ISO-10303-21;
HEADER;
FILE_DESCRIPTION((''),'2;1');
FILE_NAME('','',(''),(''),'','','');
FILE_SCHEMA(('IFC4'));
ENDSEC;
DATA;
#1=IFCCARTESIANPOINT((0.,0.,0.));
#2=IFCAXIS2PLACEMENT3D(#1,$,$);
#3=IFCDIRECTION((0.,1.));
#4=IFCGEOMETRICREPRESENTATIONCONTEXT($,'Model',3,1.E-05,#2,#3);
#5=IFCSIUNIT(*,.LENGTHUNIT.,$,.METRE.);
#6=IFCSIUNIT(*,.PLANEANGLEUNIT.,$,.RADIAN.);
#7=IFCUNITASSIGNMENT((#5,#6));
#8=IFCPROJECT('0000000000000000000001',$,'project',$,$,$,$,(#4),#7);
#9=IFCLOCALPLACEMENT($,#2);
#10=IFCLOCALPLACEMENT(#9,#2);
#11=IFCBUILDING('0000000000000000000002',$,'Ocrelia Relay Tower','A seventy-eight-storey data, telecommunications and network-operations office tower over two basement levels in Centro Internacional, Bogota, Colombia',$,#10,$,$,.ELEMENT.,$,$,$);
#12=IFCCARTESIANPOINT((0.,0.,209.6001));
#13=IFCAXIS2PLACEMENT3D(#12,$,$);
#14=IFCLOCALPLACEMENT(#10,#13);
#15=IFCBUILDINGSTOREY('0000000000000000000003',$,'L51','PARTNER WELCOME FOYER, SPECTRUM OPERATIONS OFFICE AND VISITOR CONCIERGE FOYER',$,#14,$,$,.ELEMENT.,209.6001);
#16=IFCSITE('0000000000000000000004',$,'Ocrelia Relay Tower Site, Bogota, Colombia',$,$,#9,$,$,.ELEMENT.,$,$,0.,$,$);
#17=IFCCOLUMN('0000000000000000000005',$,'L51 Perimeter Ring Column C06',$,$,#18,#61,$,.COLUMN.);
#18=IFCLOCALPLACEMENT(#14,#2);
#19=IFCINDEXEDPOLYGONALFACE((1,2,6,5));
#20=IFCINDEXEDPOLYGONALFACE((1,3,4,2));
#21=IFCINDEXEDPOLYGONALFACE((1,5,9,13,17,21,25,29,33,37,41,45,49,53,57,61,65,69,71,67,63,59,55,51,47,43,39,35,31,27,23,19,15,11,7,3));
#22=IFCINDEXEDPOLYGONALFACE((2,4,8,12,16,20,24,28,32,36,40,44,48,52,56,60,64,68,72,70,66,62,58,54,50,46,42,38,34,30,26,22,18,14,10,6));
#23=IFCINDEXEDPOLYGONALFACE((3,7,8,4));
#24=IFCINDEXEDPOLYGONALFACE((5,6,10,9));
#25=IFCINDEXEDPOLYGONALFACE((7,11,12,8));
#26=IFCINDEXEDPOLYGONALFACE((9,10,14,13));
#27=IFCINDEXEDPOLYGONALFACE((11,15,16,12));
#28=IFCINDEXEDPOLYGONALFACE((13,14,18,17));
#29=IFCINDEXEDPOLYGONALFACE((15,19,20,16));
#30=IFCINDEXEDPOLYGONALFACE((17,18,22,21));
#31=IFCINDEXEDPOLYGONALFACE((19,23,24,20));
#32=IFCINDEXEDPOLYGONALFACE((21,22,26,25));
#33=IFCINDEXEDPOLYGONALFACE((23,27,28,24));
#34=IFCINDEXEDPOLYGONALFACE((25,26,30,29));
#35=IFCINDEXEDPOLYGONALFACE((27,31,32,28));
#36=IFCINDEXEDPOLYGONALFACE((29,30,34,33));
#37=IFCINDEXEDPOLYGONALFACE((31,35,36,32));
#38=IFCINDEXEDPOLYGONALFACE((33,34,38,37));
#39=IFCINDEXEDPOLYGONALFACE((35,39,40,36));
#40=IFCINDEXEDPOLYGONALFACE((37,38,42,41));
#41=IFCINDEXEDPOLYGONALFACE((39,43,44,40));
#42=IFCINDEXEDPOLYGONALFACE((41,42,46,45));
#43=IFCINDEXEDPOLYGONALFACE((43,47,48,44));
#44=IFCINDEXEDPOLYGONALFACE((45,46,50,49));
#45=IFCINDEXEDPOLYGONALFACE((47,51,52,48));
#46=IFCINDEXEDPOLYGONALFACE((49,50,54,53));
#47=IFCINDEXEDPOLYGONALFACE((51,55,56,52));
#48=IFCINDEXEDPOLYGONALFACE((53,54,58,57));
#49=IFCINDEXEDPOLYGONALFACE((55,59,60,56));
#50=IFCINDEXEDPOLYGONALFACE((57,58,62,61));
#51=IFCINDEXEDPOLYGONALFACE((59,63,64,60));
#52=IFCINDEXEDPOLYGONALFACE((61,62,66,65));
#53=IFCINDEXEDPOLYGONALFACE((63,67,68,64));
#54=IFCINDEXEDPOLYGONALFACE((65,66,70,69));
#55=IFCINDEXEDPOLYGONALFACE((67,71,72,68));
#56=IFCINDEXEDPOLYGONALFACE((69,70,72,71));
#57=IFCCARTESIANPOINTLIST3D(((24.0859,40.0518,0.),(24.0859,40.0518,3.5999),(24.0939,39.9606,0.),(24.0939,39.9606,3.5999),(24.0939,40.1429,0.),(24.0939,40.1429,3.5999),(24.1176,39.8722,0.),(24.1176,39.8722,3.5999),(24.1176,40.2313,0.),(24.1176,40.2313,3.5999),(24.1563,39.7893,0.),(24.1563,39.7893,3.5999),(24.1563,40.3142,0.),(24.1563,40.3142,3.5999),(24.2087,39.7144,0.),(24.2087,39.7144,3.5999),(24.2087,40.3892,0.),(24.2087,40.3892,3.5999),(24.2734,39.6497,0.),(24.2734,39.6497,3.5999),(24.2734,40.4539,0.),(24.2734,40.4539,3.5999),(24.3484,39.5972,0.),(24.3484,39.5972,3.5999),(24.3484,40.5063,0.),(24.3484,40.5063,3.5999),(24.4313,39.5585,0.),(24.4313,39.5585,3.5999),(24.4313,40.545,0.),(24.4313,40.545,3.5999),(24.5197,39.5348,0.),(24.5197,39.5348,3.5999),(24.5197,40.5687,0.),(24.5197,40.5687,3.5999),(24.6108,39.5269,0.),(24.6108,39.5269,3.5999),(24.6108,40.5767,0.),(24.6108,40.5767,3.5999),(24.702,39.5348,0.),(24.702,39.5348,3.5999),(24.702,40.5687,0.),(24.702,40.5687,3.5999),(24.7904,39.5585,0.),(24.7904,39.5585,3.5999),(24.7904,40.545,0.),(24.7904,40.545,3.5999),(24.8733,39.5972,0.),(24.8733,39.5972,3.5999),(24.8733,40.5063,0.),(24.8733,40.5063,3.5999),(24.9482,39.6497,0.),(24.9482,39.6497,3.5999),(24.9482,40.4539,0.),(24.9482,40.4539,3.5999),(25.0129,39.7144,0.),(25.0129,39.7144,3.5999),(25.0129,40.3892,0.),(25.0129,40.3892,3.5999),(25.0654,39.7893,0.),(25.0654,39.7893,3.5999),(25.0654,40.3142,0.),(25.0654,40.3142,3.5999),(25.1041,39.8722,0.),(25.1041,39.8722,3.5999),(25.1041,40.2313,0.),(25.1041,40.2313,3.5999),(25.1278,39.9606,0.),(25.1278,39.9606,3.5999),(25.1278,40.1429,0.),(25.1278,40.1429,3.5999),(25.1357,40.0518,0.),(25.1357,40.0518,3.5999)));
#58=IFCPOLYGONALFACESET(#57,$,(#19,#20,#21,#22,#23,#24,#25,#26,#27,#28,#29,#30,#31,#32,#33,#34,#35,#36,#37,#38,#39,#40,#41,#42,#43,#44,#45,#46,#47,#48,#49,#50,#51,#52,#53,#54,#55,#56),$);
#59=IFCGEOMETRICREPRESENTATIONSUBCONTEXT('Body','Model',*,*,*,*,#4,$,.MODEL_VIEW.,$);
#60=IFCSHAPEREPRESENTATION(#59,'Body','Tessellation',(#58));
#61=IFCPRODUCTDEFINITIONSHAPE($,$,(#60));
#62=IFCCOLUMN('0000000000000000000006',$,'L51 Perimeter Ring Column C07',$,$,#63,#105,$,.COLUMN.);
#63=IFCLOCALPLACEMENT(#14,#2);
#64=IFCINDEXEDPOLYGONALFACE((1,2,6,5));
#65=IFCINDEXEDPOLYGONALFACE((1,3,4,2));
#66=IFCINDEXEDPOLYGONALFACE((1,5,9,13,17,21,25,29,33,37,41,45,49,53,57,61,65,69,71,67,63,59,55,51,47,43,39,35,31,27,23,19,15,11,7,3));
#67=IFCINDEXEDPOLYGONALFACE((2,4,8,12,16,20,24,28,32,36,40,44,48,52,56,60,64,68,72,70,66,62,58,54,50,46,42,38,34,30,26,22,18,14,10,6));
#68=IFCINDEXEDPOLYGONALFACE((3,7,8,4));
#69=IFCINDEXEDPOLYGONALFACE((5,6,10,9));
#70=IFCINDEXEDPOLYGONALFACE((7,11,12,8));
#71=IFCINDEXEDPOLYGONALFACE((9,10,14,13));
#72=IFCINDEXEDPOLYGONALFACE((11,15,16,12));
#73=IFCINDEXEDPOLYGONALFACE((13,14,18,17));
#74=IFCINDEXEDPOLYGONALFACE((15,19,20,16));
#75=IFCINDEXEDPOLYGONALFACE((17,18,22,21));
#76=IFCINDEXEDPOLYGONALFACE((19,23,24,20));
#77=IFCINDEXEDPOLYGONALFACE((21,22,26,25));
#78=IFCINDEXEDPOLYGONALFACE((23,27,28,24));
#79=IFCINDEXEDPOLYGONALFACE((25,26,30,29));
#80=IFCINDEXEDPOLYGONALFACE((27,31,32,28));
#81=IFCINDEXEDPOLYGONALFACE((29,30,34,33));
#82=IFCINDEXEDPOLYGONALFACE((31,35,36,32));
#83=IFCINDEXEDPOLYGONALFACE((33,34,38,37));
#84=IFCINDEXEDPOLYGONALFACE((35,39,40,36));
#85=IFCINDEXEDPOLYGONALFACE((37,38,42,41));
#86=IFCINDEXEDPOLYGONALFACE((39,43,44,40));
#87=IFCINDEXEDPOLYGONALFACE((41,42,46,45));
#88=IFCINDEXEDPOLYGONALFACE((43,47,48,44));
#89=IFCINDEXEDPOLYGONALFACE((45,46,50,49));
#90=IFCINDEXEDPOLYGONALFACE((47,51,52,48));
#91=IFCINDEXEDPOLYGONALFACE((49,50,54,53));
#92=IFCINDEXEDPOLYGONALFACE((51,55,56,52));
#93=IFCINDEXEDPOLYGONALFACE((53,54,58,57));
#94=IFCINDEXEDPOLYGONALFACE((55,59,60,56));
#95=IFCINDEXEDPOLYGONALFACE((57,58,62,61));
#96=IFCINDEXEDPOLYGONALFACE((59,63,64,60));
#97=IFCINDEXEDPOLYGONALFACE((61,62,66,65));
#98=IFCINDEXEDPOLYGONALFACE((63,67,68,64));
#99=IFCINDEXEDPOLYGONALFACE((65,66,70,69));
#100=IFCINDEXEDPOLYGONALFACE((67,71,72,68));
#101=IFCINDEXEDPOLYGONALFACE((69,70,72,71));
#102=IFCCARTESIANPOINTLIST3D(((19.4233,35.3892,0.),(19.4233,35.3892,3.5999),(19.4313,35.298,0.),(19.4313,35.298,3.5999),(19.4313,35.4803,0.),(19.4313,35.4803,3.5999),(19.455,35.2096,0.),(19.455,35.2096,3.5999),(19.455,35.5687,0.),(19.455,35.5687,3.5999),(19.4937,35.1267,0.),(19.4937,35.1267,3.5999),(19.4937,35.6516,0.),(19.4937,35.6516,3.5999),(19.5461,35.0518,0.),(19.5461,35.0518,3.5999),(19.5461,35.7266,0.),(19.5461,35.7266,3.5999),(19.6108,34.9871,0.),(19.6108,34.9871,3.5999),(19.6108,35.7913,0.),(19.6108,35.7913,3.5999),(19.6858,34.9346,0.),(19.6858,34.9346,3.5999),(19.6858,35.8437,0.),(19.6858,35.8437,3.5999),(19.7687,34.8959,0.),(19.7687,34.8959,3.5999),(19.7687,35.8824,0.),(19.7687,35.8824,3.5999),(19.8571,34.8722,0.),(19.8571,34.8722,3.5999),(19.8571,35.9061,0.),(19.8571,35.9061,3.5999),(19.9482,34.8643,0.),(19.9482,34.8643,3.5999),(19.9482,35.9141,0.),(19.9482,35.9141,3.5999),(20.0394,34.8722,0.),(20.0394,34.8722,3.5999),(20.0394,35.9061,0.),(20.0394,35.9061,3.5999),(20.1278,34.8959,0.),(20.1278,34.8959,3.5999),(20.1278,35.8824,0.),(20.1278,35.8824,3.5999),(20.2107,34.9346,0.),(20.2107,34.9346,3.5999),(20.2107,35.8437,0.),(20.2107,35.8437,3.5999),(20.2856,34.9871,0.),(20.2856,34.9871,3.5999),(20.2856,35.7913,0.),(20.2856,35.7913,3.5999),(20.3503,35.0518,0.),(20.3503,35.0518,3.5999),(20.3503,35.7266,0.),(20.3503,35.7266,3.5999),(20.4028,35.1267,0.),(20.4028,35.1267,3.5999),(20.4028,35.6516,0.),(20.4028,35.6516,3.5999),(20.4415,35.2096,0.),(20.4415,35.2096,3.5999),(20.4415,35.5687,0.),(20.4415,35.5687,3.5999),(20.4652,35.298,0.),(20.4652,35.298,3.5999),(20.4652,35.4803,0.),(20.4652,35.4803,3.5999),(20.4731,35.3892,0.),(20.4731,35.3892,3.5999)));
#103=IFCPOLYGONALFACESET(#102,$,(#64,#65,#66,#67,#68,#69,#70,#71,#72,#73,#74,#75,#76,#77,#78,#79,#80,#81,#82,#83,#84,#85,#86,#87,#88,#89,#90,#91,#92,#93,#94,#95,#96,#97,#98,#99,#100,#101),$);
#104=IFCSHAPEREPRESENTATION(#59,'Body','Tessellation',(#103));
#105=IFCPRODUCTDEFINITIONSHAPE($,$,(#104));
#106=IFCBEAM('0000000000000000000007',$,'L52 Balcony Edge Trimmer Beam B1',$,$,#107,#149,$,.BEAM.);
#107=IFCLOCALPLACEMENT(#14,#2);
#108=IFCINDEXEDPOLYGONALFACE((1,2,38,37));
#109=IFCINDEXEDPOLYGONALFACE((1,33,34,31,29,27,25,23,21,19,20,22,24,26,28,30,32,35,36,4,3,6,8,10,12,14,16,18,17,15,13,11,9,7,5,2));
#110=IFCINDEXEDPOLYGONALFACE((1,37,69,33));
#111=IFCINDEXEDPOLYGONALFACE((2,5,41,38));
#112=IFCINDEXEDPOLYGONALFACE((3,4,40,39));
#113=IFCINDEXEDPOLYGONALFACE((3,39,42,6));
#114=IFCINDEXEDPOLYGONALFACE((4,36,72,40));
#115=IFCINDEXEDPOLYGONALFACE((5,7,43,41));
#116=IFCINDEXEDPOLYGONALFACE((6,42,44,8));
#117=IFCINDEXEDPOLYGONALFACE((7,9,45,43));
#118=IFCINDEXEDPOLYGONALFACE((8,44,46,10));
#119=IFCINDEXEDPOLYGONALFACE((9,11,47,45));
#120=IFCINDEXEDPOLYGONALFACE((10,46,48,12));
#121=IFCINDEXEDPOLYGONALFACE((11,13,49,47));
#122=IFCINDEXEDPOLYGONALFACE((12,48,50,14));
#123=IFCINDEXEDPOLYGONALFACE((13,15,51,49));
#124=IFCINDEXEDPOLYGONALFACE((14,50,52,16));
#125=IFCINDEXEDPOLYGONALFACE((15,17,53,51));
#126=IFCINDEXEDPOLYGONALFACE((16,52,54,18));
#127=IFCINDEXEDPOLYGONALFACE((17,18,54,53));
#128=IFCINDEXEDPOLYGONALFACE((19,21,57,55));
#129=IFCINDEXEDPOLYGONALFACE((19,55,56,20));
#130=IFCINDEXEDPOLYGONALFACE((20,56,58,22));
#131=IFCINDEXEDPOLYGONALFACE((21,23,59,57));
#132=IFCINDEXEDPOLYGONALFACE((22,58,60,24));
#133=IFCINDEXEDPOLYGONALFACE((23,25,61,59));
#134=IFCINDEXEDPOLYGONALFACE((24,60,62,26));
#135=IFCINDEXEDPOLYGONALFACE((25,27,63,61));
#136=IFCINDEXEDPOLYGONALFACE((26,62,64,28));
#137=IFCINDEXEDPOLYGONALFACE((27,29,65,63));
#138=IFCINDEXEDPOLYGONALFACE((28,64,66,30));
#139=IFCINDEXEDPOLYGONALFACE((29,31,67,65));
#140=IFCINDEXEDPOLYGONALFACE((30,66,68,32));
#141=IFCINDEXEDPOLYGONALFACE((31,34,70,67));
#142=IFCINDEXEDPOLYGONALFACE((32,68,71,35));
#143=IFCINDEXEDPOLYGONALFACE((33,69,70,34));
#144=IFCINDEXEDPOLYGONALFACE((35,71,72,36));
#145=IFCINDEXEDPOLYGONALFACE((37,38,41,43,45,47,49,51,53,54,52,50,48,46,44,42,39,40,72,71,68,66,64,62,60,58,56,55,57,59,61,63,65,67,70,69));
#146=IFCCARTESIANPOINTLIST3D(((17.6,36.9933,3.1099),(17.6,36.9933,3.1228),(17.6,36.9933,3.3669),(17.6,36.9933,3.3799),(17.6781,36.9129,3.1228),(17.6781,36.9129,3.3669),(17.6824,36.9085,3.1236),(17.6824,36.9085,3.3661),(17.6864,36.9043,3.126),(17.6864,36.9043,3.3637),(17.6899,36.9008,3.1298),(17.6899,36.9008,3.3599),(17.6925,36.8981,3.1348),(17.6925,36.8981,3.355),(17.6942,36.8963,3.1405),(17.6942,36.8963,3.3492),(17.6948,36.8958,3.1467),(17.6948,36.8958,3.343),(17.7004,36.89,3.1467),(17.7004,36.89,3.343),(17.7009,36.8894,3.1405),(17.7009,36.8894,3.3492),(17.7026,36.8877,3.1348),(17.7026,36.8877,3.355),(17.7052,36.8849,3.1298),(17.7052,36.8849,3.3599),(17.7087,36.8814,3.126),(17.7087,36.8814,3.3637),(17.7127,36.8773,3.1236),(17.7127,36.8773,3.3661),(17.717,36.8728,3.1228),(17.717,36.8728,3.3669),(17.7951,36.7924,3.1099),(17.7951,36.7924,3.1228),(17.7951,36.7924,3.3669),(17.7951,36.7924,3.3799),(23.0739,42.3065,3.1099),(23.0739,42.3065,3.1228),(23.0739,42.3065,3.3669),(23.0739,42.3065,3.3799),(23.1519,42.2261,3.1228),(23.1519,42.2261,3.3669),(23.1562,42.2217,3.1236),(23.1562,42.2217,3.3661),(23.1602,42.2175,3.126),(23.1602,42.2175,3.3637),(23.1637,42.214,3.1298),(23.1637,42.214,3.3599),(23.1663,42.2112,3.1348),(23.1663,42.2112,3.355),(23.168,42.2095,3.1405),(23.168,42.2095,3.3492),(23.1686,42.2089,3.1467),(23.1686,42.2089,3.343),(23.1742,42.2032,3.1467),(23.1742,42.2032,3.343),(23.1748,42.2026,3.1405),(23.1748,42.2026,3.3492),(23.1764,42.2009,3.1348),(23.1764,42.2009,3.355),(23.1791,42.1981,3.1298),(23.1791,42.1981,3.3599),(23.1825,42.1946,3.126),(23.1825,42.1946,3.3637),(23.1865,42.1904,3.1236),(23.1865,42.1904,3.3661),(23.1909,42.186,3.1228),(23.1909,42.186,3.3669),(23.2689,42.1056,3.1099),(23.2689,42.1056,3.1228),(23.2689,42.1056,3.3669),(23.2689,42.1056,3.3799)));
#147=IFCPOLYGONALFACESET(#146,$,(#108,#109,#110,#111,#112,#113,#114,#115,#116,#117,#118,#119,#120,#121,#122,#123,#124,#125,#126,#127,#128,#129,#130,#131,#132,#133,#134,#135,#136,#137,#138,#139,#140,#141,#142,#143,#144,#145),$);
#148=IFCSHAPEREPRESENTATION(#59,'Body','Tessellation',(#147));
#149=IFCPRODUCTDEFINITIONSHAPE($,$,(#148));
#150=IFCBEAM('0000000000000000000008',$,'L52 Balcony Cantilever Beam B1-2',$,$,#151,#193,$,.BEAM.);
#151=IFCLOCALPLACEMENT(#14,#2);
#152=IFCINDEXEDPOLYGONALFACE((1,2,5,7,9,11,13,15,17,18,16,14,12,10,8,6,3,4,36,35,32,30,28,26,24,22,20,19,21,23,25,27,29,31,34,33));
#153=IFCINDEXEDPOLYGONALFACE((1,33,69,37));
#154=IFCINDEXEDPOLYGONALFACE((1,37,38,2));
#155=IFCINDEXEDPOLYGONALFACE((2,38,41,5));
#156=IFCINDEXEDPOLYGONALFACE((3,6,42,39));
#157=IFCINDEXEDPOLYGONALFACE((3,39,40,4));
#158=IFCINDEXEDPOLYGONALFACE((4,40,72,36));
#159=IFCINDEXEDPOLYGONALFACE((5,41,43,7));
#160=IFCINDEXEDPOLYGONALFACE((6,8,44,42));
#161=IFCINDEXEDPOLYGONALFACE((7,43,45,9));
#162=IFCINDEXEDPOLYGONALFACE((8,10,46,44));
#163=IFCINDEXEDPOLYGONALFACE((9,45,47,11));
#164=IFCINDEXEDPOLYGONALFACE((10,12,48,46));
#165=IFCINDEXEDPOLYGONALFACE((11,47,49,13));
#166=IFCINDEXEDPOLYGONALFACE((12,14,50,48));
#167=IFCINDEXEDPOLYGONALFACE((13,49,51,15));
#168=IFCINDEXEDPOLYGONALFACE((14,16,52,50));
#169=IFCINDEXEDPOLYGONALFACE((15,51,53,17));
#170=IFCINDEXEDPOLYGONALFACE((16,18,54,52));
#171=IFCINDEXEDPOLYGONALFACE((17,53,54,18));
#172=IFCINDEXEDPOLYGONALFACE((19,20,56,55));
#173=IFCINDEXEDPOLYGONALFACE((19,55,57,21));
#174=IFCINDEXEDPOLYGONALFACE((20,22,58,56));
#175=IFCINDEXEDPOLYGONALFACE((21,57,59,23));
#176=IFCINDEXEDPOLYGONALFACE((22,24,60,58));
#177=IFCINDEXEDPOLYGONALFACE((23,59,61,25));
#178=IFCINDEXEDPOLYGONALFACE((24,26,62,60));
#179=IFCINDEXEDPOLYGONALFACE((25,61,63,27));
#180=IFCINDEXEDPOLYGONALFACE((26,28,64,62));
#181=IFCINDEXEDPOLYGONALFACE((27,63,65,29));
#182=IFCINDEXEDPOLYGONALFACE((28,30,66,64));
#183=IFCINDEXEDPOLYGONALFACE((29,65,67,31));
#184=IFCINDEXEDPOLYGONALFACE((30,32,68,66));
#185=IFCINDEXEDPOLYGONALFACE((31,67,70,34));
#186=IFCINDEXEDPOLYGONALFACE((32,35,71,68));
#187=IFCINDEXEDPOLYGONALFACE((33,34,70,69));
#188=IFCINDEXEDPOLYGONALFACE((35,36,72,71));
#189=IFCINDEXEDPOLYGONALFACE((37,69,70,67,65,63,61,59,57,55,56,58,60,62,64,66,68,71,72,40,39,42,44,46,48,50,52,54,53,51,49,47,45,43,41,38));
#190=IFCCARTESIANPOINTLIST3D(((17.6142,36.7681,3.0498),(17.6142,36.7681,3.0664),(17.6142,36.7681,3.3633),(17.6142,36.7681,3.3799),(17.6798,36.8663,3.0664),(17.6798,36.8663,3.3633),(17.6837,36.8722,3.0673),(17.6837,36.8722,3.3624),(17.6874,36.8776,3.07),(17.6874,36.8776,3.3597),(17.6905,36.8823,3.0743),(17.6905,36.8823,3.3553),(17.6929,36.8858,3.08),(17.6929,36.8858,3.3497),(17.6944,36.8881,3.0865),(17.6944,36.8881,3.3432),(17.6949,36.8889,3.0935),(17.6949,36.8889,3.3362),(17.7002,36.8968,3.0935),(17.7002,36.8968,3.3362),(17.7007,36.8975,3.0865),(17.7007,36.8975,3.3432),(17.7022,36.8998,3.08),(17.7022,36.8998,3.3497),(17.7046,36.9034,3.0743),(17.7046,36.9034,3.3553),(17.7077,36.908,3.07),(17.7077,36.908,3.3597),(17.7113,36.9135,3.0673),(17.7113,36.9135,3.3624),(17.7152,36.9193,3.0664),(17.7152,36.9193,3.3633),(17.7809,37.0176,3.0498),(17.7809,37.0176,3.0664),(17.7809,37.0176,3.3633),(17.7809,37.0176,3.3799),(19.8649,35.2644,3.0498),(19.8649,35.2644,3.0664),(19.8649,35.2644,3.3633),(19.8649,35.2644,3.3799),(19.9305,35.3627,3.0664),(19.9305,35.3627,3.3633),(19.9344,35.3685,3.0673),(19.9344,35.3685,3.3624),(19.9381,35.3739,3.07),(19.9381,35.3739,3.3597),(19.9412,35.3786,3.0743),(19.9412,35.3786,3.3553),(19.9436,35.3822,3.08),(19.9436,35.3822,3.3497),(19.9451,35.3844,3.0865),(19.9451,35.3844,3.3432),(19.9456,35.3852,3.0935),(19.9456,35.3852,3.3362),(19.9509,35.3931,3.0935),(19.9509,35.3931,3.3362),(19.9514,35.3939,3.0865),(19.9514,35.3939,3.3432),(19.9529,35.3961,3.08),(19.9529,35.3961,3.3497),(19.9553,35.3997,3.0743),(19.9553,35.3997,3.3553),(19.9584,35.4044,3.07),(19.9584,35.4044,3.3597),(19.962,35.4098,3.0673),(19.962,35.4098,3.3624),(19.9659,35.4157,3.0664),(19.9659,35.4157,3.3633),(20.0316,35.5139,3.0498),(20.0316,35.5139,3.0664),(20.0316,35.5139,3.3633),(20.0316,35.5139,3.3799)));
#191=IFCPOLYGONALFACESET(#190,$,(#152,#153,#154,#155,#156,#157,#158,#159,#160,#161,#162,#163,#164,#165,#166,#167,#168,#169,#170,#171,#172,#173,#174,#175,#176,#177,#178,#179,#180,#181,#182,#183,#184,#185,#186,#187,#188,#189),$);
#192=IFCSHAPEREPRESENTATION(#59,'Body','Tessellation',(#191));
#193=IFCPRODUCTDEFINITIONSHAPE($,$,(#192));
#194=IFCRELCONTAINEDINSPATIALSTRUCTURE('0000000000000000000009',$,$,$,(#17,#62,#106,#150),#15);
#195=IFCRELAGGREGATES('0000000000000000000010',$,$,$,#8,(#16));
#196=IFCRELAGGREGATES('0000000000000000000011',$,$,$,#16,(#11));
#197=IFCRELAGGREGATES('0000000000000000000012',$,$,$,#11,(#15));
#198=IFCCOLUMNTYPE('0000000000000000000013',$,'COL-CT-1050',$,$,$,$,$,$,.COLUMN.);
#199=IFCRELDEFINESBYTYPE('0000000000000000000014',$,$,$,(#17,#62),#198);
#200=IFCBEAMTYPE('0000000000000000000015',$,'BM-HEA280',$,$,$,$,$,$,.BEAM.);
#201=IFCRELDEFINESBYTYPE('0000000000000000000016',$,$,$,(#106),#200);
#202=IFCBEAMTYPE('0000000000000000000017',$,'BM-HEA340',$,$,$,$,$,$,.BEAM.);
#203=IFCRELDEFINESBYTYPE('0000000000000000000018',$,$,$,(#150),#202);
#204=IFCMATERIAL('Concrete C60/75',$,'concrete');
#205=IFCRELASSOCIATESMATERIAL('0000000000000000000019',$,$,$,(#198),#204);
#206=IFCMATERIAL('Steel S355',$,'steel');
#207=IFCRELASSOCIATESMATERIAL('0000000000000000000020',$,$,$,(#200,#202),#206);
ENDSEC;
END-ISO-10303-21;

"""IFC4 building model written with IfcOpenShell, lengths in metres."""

from ifc_helpers import new_model, si_unit, direction, frame, origin, origin_2d, place, context, subcontext, project, spatial, circle, i_section, extrude, material, material_profile, profile_set, type_object, element, save


model = new_model("IFC4")

# Units and contexts
model_context = context("Model", 3, precision=1e-05, world=origin(), true_north=direction((0.0, 1.0)))
body_context = subcontext(model_context, "Body", "Model", "MODEL_VIEW")
ifc_project = project(units=[si_unit("LENGTHUNIT", "METRE"), si_unit("PLANEANGLEUNIT", "RADIAN")], contexts=[model_context])

# Site, building, storey
site_placement = place(None, origin())
site = spatial("IfcSite", under=ifc_project, at=site_placement, Name="Ocrelia Relay Tower Site, Bogota, Colombia", CompositionType="ELEMENT", RefElevation=0.0)
building_placement = place(site_placement, origin())
building = spatial("IfcBuilding", under=site, at=building_placement, Name="Ocrelia Relay Tower", Description="A seventy-eight-storey data, telecommunications and network-operations office tower over two basement levels in Centro Internacional, Bogota, Colombia", CompositionType="ELEMENT")
storey_placement = place(building_placement, frame((0.0, 0.0, 209.6001)))
storey = spatial("IfcBuildingStorey", under=building, at=storey_placement, Name="L51", Description="PARTNER WELCOME FOYER, SPECTRUM OPERATIONS OFFICE AND VISITOR CONCIERGE FOYER", CompositionType="ELEMENT", Elevation=209.6001)

# Columns
ifc_material_1 = material(Name="Concrete C60/75", Category="concrete")
ifc_material_profile_1 = material_profile(ifc_material_1, circle(Radius=0.5249, at=origin_2d()), Name="RC-CIR-1050")
ifc_profile_set_1 = profile_set([ifc_material_profile_1], Name="Concrete C60/75")
column_type = type_object("IfcColumnType", Name="COL-CT-1050", PredefinedType="COLUMN", material=ifc_profile_set_1)
for number, where, z_axis, x_axis, name in (
    (1, (24.6108, 40.0518, 0.0), (0.0, 0.0, 1.0), (1.0, 0.0, 0.0), "L51 Perimeter Ring Column C06"),
    (2, (19.9482, 35.3892, 0.0), (0.0, 0.0, 1.0), (1.0, 0.0, 0.0), "L51 Perimeter Ring Column C07"),
):
    element("IfcColumn", number, at=place(storey_placement, frame(where, z_axis=z_axis, x_axis=x_axis)), inside=storey, type_object=column_type, Name=name, PredefinedType="COLUMN", context=body_context, shape_type="SweptSolid", body=[
        extrude(circle(Radius=0.5249, at=origin_2d()), origin(), (0.0, 0.0, 1.0), 3.5999),
    ])

# Beams
ifc_material_2 = material(Name="Steel S355", Category="steel")
ifc_material_profile_2 = material_profile(ifc_material_2, i_section(OverallWidth=0.28, OverallDepth=0.27, WebThickness=0.0081, FlangeThickness=0.0129, FilletRadius=0.0239, at=origin_2d()), Name="HEA 280")
ifc_profile_set_2 = profile_set([ifc_material_profile_2], Name="Steel S355")
beam_type_1 = type_object("IfcBeamType", Name="BM-HEA280", PredefinedType="BEAM", material=ifc_profile_set_2)
beam_1_placement = place(storey_placement, frame((23.1714, 42.2061, 3.2449), z_axis=(-0.717558, -0.696499, 0.0), x_axis=(0.696499, -0.717558, 0.0)))
element("IfcBeam", 3, at=beam_1_placement, inside=storey, type_object=beam_type_1, Name="L52 Balcony Edge Trimmer Beam B1", PredefinedType="BEAM", context=body_context, shape_type="SweptSolid", body=[
    extrude(i_section(OverallWidth=0.28, OverallDepth=0.27, WebThickness=0.0081, FlangeThickness=0.0129, FilletRadius=0.0239, at=origin_2d()), origin(), (0.0, 0.0, 1.0), 7.6284),
])
ifc_material_profile_3 = material_profile(ifc_material_2, i_section(OverallWidth=0.3, OverallDepth=0.3301, WebThickness=0.0095, FlangeThickness=0.0166, FilletRadius=0.0271, at=origin_2d()), Name="HEA 340")
ifc_profile_set_3 = profile_set([ifc_material_profile_3], Name="Steel S355")
beam_type_2 = type_object("IfcBeamType", Name="BM-HEA340", PredefinedType="BEAM", material=ifc_profile_set_3)
beam_2_placement = place(storey_placement, frame((19.9482, 35.3892, 3.2148), z_axis=(-0.831509, 0.555512, 0.0), x_axis=(-0.555512, -0.831509, 0.0)))
element("IfcBeam", 4, at=beam_2_placement, inside=storey, type_object=beam_type_2, Name="L52 Balcony Cantilever Beam B1-2", PredefinedType="BEAM", context=body_context, shape_type="SweptSolid", body=[
    extrude(i_section(OverallWidth=0.3, OverallDepth=0.3301, WebThickness=0.0095, FlangeThickness=0.0166, FilletRadius=0.0271, at=origin_2d()), origin(), (0.0, 0.0, 1.0), 2.7068),
])

save(model, "model.ifc")
